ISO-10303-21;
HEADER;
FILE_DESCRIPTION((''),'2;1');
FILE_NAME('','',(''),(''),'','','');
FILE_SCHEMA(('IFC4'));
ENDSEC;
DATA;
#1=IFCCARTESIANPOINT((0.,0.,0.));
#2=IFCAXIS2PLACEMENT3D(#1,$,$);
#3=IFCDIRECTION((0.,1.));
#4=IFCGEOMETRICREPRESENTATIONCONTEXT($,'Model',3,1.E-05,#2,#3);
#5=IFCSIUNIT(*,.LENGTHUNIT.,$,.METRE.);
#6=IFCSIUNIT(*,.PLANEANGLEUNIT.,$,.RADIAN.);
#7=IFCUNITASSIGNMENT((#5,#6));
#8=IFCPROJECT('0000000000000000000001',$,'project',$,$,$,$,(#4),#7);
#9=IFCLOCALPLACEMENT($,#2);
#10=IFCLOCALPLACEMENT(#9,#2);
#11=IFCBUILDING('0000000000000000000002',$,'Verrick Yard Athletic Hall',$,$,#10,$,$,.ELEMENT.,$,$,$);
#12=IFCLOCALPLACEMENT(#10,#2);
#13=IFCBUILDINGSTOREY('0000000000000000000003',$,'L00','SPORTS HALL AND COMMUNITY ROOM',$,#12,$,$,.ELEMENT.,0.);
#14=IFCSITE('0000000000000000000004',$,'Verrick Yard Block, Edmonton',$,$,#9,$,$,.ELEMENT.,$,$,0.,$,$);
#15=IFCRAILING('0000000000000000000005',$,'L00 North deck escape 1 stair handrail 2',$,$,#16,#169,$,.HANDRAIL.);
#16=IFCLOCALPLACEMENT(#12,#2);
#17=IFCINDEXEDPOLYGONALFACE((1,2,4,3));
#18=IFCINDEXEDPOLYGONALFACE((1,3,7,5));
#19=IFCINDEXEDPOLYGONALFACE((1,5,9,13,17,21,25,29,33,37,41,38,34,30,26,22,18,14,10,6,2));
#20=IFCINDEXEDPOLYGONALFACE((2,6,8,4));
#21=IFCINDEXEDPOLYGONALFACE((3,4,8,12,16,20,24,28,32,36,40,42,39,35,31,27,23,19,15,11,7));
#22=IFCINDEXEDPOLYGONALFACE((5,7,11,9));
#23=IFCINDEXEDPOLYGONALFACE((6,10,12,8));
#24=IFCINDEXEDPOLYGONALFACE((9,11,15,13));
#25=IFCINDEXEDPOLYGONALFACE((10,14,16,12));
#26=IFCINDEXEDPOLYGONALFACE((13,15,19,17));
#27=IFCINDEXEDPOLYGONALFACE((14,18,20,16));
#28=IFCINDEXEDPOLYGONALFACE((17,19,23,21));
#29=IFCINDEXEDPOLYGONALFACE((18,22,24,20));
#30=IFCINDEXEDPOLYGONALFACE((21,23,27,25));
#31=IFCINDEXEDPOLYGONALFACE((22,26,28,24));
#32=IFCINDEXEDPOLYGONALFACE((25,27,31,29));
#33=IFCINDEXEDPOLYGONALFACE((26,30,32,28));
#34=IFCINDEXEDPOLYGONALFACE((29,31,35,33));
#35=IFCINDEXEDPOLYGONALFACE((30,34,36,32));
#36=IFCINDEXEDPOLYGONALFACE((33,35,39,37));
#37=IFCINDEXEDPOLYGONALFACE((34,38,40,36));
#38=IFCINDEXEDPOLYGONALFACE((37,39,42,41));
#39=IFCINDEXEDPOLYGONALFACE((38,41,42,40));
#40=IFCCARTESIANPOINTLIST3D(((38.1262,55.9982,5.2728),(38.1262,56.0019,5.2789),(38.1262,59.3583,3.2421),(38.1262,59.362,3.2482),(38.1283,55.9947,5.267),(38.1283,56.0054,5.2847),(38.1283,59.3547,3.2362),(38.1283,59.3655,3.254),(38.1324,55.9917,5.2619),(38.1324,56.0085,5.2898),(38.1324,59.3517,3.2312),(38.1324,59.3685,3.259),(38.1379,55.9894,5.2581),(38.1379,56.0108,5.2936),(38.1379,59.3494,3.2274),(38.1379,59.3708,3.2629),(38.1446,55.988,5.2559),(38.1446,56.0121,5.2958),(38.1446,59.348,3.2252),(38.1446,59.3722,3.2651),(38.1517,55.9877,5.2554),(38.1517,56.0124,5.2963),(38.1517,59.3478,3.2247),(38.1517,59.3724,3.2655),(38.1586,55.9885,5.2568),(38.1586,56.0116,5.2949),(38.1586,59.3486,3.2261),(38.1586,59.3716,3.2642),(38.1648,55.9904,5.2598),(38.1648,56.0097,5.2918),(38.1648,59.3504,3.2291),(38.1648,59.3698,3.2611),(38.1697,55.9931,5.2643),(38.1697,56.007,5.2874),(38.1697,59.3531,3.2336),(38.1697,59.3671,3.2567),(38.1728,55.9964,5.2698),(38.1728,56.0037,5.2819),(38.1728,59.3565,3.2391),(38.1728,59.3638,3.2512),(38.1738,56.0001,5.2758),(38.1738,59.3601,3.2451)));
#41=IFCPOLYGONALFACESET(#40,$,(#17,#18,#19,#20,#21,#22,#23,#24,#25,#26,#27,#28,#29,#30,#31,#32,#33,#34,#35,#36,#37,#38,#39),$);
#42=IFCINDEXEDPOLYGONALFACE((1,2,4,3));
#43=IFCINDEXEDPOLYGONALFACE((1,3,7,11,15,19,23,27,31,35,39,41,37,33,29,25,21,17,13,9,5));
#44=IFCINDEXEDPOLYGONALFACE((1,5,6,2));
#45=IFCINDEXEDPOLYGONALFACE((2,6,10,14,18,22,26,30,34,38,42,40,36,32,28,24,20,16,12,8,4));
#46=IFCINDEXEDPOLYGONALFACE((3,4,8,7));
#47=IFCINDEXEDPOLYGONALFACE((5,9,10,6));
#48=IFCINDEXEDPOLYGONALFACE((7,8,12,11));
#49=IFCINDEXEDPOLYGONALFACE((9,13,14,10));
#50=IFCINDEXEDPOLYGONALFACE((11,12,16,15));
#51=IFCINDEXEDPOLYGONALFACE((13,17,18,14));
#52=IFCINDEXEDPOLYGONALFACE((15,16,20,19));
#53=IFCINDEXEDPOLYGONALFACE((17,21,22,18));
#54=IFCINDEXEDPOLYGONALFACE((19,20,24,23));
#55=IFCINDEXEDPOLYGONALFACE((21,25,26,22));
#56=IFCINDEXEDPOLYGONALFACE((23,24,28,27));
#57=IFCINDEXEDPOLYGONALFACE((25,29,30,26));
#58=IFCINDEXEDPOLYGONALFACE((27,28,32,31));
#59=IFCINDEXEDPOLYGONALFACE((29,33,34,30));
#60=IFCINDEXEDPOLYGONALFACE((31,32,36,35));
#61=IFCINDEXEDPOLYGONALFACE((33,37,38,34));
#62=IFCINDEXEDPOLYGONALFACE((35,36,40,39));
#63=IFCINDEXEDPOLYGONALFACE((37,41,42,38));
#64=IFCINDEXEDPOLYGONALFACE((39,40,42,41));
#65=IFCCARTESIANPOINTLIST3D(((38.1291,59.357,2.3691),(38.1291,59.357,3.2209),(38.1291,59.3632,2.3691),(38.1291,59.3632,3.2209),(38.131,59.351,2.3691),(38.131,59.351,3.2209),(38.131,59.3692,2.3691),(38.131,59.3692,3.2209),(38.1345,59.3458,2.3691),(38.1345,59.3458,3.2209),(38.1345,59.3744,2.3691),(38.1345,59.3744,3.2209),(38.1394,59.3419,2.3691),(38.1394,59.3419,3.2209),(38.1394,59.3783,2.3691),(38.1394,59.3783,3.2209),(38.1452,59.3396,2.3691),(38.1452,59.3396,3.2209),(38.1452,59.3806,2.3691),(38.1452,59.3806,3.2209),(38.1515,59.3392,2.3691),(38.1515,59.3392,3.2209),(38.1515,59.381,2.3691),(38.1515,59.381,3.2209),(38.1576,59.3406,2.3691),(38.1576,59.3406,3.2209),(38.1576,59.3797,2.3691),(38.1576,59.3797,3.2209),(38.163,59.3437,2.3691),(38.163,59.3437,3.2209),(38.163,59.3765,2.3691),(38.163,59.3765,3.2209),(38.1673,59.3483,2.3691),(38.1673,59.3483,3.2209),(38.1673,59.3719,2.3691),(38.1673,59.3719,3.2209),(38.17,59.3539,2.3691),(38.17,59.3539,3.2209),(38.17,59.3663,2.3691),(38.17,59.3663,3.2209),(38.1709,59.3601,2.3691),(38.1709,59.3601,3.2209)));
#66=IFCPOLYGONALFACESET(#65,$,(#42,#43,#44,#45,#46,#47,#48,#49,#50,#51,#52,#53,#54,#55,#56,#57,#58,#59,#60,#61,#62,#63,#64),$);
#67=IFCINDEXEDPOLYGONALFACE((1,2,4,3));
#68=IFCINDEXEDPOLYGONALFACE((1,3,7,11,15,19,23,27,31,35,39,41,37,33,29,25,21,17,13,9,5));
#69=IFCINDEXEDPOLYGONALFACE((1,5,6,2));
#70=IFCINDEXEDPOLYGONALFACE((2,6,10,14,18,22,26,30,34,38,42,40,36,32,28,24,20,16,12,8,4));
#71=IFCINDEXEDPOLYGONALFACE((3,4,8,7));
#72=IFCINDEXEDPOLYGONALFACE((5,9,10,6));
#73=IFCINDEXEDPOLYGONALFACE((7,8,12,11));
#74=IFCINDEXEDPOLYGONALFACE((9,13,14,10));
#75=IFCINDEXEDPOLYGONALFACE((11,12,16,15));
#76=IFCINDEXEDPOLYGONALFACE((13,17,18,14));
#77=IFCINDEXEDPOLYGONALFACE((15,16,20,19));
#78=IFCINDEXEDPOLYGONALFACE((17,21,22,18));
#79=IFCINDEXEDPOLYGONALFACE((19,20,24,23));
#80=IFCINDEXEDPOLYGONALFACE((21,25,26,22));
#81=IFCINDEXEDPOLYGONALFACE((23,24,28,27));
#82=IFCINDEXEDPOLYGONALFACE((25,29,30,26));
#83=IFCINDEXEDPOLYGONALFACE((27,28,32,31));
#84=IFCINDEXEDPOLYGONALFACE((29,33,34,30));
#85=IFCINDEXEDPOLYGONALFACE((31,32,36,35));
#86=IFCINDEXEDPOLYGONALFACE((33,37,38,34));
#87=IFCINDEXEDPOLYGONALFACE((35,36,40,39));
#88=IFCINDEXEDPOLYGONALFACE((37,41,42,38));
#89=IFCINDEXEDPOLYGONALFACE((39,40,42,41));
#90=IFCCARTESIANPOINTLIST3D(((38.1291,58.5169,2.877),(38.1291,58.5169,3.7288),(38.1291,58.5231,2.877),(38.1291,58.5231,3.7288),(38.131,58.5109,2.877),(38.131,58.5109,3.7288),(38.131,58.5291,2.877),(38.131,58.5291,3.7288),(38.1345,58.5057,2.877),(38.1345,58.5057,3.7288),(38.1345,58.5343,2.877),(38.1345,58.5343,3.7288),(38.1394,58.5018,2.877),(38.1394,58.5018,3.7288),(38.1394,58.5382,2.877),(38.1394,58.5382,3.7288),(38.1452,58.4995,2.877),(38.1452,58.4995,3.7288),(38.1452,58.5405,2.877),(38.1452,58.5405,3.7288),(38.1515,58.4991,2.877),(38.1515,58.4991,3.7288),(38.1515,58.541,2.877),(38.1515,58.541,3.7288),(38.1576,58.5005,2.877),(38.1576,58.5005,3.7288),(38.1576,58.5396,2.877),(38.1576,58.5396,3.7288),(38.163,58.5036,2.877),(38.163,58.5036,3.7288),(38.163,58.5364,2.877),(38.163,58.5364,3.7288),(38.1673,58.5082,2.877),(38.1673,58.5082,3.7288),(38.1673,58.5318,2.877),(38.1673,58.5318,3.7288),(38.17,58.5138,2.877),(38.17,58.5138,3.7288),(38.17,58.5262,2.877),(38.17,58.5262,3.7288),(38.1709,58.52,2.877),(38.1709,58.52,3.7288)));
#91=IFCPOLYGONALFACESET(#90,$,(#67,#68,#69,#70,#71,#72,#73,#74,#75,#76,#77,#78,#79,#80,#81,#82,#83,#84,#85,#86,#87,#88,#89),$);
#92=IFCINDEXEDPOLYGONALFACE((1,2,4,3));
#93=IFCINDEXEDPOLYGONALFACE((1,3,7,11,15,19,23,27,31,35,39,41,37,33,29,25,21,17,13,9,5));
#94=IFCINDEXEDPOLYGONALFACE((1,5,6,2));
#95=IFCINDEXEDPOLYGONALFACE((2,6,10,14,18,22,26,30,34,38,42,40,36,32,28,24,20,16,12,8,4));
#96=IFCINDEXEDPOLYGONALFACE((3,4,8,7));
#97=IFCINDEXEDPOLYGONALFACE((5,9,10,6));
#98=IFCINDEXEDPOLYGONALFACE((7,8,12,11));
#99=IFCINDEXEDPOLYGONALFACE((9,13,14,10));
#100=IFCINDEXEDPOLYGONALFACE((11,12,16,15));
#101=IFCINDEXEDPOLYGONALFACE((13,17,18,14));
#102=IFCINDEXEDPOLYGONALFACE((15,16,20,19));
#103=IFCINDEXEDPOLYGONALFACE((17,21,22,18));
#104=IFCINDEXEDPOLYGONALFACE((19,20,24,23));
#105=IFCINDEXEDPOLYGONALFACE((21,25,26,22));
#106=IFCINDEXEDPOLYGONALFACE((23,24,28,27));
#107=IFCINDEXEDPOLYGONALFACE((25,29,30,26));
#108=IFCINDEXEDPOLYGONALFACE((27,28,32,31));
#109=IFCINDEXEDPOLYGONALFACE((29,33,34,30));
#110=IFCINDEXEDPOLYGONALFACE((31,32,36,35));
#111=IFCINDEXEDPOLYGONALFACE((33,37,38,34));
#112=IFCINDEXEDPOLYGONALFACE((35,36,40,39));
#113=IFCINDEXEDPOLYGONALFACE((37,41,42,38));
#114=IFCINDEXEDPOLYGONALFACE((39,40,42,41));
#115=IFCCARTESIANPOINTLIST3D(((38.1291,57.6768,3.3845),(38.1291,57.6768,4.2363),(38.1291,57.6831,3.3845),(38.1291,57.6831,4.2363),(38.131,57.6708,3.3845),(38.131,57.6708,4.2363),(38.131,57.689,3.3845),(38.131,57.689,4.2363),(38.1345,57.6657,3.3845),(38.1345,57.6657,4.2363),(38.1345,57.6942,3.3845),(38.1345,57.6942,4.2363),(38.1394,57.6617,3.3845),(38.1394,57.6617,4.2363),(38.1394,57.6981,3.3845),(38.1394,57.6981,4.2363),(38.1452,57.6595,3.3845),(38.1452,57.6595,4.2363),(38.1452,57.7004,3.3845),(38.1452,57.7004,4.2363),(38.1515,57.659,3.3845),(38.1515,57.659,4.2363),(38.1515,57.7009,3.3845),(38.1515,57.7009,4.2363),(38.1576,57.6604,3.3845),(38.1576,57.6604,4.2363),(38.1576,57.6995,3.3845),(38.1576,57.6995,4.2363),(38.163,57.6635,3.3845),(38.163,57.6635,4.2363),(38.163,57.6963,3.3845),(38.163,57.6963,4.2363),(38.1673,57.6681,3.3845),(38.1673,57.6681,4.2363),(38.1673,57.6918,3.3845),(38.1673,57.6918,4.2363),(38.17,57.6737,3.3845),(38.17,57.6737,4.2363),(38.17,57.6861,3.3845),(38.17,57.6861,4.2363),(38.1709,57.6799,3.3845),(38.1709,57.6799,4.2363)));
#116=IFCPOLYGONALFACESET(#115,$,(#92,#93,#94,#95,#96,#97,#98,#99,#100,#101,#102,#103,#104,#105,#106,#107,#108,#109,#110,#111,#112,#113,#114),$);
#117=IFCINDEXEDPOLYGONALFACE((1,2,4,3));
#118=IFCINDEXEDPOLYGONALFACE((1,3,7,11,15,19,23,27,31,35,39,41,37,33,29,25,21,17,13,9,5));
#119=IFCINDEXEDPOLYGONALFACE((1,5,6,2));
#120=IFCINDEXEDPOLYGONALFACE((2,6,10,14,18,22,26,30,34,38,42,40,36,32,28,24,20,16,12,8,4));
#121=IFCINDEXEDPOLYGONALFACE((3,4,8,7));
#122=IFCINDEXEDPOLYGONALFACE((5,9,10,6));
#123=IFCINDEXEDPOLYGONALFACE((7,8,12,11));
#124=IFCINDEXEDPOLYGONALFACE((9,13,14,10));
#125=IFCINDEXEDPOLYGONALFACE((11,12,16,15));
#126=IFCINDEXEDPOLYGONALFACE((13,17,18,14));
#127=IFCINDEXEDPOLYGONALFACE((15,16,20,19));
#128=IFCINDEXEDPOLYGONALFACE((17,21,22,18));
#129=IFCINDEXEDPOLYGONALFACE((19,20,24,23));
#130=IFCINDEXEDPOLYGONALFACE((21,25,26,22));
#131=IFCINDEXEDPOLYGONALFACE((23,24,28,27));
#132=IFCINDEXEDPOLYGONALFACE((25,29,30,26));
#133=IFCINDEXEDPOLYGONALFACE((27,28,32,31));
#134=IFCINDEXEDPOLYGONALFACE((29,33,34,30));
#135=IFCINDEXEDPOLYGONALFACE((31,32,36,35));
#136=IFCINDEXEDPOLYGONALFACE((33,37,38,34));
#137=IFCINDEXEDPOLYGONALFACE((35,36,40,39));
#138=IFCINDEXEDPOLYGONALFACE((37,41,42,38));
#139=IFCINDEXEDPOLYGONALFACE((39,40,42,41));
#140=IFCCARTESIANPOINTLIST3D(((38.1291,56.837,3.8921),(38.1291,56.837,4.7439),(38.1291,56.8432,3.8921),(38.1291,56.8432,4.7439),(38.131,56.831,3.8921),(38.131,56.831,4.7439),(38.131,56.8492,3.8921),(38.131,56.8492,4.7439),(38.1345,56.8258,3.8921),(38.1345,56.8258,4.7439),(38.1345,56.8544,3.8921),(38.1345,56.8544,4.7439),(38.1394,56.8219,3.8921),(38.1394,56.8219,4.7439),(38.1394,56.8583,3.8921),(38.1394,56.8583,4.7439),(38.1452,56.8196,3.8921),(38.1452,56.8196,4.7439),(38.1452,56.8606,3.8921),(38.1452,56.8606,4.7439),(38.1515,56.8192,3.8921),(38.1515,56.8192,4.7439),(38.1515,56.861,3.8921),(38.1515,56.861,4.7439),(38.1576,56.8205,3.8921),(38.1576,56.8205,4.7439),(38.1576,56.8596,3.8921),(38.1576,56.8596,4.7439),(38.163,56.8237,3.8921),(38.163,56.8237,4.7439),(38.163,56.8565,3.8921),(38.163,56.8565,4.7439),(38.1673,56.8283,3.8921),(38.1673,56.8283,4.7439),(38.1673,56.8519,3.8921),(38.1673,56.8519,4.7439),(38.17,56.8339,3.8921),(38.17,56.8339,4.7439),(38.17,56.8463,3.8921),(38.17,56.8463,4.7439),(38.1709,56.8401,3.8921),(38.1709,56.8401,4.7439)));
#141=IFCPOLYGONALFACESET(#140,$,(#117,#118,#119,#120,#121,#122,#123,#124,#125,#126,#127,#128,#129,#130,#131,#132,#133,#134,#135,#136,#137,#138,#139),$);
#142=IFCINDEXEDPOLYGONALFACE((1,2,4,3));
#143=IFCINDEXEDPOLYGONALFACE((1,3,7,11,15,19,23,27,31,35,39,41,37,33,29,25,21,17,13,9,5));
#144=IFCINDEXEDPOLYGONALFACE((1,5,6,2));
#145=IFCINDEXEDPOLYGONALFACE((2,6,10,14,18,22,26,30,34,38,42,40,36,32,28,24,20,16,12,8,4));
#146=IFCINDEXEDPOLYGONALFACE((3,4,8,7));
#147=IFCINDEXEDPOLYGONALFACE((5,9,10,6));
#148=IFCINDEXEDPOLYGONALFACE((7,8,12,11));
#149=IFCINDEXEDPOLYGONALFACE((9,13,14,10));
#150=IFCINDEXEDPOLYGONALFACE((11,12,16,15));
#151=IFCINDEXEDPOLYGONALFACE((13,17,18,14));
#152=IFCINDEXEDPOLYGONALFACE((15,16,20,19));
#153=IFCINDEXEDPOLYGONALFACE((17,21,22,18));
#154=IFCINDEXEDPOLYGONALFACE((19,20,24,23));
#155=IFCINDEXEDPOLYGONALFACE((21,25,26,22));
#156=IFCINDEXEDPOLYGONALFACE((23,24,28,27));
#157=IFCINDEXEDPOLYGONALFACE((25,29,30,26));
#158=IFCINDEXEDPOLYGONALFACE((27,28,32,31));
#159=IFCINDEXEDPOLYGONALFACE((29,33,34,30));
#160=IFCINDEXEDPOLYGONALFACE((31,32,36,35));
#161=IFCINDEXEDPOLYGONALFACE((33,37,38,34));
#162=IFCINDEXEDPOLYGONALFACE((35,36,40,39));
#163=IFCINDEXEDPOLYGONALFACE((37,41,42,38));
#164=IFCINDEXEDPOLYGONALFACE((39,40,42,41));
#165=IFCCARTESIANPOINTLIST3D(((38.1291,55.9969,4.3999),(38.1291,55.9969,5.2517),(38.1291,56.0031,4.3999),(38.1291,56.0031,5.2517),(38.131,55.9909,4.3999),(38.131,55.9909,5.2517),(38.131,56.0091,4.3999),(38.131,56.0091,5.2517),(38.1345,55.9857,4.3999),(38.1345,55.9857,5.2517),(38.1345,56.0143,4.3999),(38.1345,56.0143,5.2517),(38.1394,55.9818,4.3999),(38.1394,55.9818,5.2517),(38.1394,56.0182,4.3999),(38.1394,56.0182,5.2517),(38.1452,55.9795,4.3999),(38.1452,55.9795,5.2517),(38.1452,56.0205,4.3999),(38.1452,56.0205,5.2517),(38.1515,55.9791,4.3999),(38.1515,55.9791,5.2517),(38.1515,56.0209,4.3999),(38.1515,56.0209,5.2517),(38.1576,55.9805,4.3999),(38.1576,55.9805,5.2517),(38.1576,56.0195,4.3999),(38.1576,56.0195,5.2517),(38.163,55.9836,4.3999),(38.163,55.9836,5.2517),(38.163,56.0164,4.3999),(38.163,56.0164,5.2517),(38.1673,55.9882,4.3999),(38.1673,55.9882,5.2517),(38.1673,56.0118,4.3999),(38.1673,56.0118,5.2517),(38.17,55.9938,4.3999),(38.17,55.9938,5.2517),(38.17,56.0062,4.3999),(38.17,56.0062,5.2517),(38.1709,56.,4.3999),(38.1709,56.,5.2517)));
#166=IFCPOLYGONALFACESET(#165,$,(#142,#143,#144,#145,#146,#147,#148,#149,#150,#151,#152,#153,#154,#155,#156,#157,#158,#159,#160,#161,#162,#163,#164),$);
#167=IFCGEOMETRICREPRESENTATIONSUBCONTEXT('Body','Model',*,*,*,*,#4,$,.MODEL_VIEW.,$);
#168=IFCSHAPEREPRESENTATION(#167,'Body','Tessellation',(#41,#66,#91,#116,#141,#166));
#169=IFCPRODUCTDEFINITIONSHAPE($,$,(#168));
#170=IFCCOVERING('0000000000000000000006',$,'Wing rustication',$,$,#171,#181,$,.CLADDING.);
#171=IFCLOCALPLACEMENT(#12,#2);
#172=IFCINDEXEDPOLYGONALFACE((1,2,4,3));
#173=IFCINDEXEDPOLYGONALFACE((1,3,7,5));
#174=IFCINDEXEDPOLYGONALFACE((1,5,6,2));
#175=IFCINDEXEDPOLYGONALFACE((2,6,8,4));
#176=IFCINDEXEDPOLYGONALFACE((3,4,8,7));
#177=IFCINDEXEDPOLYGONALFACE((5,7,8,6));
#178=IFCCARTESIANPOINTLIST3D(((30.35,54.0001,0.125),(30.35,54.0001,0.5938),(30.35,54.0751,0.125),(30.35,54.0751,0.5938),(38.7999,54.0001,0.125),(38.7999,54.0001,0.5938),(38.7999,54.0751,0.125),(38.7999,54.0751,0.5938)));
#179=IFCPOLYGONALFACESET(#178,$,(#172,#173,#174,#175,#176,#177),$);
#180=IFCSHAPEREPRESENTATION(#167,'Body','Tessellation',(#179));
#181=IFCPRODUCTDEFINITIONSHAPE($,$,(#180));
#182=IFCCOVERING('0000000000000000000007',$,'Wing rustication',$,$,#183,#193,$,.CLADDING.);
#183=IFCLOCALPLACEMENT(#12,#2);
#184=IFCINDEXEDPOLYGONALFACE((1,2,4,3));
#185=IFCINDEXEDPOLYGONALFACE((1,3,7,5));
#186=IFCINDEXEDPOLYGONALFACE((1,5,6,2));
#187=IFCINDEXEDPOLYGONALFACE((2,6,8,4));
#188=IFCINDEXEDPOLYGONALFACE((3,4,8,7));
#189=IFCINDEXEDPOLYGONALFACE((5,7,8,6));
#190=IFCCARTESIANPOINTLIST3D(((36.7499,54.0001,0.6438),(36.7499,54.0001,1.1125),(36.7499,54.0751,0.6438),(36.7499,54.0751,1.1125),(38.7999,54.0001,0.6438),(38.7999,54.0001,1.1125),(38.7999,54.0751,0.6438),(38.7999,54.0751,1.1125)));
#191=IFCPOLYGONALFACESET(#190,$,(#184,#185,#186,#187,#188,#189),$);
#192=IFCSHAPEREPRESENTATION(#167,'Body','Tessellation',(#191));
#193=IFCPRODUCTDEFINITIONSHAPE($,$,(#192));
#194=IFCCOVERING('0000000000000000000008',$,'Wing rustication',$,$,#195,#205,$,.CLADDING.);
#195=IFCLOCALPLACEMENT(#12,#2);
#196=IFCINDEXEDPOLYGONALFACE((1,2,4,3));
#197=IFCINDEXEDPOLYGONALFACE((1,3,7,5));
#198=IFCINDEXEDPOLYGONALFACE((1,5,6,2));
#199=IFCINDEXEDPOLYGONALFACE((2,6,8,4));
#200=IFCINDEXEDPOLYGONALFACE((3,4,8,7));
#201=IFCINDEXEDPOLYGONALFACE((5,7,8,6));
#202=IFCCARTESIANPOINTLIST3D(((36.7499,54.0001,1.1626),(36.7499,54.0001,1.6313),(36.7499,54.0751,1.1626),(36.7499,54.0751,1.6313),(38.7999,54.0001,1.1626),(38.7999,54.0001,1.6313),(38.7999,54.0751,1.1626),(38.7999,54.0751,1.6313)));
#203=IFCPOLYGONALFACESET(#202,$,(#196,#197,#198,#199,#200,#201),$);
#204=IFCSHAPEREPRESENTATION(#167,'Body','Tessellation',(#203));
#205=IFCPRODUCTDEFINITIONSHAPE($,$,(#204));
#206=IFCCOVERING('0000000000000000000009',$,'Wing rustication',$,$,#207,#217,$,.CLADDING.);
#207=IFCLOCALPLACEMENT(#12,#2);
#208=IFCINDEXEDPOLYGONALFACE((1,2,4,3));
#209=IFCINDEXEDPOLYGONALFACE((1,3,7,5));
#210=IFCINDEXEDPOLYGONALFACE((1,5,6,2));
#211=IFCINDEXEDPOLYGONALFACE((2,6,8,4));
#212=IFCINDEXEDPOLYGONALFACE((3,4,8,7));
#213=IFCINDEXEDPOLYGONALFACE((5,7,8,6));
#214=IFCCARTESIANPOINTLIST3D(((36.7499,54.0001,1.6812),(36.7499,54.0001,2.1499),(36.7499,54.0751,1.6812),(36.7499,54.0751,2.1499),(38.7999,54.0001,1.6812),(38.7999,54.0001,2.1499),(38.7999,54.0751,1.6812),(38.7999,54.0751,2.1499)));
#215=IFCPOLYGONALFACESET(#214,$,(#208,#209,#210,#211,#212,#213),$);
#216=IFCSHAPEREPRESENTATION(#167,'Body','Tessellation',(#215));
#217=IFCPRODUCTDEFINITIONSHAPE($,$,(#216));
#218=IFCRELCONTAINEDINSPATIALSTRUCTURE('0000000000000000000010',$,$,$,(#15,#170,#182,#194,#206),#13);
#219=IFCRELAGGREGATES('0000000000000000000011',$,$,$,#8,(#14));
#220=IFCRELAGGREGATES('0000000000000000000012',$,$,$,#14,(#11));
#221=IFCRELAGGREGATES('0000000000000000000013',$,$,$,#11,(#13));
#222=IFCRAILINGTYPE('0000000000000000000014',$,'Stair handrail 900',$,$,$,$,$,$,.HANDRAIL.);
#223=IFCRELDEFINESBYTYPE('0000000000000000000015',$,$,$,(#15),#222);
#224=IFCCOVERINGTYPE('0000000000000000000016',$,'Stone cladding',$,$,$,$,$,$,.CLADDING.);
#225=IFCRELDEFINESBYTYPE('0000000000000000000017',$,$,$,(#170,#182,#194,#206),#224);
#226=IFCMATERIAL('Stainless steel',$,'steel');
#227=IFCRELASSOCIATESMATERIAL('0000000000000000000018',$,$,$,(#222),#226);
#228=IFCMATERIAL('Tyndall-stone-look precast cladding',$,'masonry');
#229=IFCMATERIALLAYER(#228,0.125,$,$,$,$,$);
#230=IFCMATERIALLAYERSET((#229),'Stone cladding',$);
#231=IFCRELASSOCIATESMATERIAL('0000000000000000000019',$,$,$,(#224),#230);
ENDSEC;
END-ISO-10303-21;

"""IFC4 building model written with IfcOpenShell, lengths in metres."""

from ifc_helpers import new_model, si_unit, direction, frame, origin, origin_2d, place, context, subcontext, project, spatial, rectangle, circle, extrude, material, layer, layer_set, type_object, element, save


model = new_model("IFC4")

# Units and contexts
model_context = context("Model", 3, precision=1e-05, world=origin(), true_north=direction((0.0, 1.0)))
body_context = subcontext(model_context, "Body", "Model", "MODEL_VIEW")
ifc_project = project(units=[si_unit("LENGTHUNIT", "METRE"), si_unit("PLANEANGLEUNIT", "RADIAN")], contexts=[model_context])

# Site, building, storey
site_placement = place(None, origin())
site = spatial("IfcSite", under=ifc_project, at=site_placement, Name="Verrick Yard Block, Edmonton", CompositionType="ELEMENT", RefElevation=0.0)
building_placement = place(site_placement, origin())
building = spatial("IfcBuilding", under=site, at=building_placement, Name="Verrick Yard Athletic Hall", CompositionType="ELEMENT")
storey_placement = place(building_placement, origin())
storey = spatial("IfcBuildingStorey", under=building, at=storey_placement, Name="L00", Description="SPORTS HALL AND COMMUNITY ROOM", CompositionType="ELEMENT", Elevation=0.0)

# Railing
ifc_material_1 = material(Name="Stainless steel", Category="steel")
railing_type_1 = type_object("IfcRailingType", Name="Stair handrail 900", PredefinedType="HANDRAIL", material=ifc_material_1)
railing_1_placement = place(storey_placement, frame((38.1499, 59.3601, 2.3691)))
element("IfcRailing", 1, at=railing_1_placement, inside=storey, type_object=railing_type_1, Name="L00 North deck escape 1 stair handrail 2", PredefinedType="HANDRAIL", context=body_context, shape_type="SweptSolid", body=[
    extrude(circle(Radius=0.0239, at=origin_2d()), frame((0.0, 0.0, 0.876), z_axis=(0.0, -0.855837, 0.517246), x_axis=(1.0, 0.0, 0.0)), (0.0, 0.0, 1.0), 3.926),
    extrude(circle(Radius=0.021, at=origin_2d()), origin(), (0.0, 0.0, 1.0), 0.8518),
    extrude(circle(Radius=0.021, at=origin_2d()), frame((0.0, -0.8401, 0.5078)), (0.0, 0.0, 1.0), 0.8518),
    extrude(circle(Radius=0.021, at=origin_2d()), frame((0.0, -1.6802, 1.0154)), (0.0, 0.0, 1.0), 0.8518),
    extrude(circle(Radius=0.021, at=origin_2d()), frame((0.0, -2.52, 1.5229)), (0.0, 0.0, 1.0), 0.8518),
    extrude(circle(Radius=0.021, at=origin_2d()), frame((0.0, -3.3601, 2.0308)), (0.0, 0.0, 1.0), 0.8518),
])

# Coverings
ifc_material_2 = material(Name="Tyndall-stone-look precast cladding", Category="masonry")
ifc_layer_1 = layer(ifc_material_2, 0.125)
ifc_layer_set_1 = layer_set([ifc_layer_1], Name="Stone cladding")
covering_type_1 = type_object("IfcCoveringType", Name="Stone cladding", PredefinedType="CLADDING", material=ifc_layer_set_1)
covering_1_placement = place(storey_placement, frame((34.575, 54.0376, 0.125), z_axis=(0.0, 0.0, 1.0), x_axis=(1.0, 0.0, 0.0)))
element("IfcCovering", 2, at=covering_1_placement, inside=storey, type_object=covering_type_1, Name="Wing rustication", PredefinedType="CLADDING", context=body_context, shape_type="SweptSolid", body=[
    extrude(rectangle(XDim=8.45, YDim=0.075, at=origin_2d()), origin(), (0.0, 0.0, 1.0), 0.4688),
])
for number, where, z_axis, x_axis, name in (
    (3, (37.7749, 54.0376, 0.6438), (0.0, 0.0, 1.0), (1.0, 0.0, 0.0), "Wing rustication"),
    (4, (37.7749, 54.0376, 1.1626), (0.0, 0.0, 1.0), (1.0, 0.0, 0.0), "Wing rustication"),
    (5, (37.7749, 54.0376, 1.6812), (0.0, 0.0, 1.0), (1.0, 0.0, 0.0), "Wing rustication"),
):
    element("IfcCovering", number, at=place(storey_placement, frame(where, z_axis=z_axis, x_axis=x_axis)), inside=storey, type_object=covering_type_1, Name=name, PredefinedType="CLADDING", context=body_context, shape_type="SweptSolid", body=[
        extrude(rectangle(XDim=2.05, YDim=0.075, at=origin_2d()), origin(), (0.0, 0.0, 1.0), 0.4688),
    ])

save(model, "model.ifc")
